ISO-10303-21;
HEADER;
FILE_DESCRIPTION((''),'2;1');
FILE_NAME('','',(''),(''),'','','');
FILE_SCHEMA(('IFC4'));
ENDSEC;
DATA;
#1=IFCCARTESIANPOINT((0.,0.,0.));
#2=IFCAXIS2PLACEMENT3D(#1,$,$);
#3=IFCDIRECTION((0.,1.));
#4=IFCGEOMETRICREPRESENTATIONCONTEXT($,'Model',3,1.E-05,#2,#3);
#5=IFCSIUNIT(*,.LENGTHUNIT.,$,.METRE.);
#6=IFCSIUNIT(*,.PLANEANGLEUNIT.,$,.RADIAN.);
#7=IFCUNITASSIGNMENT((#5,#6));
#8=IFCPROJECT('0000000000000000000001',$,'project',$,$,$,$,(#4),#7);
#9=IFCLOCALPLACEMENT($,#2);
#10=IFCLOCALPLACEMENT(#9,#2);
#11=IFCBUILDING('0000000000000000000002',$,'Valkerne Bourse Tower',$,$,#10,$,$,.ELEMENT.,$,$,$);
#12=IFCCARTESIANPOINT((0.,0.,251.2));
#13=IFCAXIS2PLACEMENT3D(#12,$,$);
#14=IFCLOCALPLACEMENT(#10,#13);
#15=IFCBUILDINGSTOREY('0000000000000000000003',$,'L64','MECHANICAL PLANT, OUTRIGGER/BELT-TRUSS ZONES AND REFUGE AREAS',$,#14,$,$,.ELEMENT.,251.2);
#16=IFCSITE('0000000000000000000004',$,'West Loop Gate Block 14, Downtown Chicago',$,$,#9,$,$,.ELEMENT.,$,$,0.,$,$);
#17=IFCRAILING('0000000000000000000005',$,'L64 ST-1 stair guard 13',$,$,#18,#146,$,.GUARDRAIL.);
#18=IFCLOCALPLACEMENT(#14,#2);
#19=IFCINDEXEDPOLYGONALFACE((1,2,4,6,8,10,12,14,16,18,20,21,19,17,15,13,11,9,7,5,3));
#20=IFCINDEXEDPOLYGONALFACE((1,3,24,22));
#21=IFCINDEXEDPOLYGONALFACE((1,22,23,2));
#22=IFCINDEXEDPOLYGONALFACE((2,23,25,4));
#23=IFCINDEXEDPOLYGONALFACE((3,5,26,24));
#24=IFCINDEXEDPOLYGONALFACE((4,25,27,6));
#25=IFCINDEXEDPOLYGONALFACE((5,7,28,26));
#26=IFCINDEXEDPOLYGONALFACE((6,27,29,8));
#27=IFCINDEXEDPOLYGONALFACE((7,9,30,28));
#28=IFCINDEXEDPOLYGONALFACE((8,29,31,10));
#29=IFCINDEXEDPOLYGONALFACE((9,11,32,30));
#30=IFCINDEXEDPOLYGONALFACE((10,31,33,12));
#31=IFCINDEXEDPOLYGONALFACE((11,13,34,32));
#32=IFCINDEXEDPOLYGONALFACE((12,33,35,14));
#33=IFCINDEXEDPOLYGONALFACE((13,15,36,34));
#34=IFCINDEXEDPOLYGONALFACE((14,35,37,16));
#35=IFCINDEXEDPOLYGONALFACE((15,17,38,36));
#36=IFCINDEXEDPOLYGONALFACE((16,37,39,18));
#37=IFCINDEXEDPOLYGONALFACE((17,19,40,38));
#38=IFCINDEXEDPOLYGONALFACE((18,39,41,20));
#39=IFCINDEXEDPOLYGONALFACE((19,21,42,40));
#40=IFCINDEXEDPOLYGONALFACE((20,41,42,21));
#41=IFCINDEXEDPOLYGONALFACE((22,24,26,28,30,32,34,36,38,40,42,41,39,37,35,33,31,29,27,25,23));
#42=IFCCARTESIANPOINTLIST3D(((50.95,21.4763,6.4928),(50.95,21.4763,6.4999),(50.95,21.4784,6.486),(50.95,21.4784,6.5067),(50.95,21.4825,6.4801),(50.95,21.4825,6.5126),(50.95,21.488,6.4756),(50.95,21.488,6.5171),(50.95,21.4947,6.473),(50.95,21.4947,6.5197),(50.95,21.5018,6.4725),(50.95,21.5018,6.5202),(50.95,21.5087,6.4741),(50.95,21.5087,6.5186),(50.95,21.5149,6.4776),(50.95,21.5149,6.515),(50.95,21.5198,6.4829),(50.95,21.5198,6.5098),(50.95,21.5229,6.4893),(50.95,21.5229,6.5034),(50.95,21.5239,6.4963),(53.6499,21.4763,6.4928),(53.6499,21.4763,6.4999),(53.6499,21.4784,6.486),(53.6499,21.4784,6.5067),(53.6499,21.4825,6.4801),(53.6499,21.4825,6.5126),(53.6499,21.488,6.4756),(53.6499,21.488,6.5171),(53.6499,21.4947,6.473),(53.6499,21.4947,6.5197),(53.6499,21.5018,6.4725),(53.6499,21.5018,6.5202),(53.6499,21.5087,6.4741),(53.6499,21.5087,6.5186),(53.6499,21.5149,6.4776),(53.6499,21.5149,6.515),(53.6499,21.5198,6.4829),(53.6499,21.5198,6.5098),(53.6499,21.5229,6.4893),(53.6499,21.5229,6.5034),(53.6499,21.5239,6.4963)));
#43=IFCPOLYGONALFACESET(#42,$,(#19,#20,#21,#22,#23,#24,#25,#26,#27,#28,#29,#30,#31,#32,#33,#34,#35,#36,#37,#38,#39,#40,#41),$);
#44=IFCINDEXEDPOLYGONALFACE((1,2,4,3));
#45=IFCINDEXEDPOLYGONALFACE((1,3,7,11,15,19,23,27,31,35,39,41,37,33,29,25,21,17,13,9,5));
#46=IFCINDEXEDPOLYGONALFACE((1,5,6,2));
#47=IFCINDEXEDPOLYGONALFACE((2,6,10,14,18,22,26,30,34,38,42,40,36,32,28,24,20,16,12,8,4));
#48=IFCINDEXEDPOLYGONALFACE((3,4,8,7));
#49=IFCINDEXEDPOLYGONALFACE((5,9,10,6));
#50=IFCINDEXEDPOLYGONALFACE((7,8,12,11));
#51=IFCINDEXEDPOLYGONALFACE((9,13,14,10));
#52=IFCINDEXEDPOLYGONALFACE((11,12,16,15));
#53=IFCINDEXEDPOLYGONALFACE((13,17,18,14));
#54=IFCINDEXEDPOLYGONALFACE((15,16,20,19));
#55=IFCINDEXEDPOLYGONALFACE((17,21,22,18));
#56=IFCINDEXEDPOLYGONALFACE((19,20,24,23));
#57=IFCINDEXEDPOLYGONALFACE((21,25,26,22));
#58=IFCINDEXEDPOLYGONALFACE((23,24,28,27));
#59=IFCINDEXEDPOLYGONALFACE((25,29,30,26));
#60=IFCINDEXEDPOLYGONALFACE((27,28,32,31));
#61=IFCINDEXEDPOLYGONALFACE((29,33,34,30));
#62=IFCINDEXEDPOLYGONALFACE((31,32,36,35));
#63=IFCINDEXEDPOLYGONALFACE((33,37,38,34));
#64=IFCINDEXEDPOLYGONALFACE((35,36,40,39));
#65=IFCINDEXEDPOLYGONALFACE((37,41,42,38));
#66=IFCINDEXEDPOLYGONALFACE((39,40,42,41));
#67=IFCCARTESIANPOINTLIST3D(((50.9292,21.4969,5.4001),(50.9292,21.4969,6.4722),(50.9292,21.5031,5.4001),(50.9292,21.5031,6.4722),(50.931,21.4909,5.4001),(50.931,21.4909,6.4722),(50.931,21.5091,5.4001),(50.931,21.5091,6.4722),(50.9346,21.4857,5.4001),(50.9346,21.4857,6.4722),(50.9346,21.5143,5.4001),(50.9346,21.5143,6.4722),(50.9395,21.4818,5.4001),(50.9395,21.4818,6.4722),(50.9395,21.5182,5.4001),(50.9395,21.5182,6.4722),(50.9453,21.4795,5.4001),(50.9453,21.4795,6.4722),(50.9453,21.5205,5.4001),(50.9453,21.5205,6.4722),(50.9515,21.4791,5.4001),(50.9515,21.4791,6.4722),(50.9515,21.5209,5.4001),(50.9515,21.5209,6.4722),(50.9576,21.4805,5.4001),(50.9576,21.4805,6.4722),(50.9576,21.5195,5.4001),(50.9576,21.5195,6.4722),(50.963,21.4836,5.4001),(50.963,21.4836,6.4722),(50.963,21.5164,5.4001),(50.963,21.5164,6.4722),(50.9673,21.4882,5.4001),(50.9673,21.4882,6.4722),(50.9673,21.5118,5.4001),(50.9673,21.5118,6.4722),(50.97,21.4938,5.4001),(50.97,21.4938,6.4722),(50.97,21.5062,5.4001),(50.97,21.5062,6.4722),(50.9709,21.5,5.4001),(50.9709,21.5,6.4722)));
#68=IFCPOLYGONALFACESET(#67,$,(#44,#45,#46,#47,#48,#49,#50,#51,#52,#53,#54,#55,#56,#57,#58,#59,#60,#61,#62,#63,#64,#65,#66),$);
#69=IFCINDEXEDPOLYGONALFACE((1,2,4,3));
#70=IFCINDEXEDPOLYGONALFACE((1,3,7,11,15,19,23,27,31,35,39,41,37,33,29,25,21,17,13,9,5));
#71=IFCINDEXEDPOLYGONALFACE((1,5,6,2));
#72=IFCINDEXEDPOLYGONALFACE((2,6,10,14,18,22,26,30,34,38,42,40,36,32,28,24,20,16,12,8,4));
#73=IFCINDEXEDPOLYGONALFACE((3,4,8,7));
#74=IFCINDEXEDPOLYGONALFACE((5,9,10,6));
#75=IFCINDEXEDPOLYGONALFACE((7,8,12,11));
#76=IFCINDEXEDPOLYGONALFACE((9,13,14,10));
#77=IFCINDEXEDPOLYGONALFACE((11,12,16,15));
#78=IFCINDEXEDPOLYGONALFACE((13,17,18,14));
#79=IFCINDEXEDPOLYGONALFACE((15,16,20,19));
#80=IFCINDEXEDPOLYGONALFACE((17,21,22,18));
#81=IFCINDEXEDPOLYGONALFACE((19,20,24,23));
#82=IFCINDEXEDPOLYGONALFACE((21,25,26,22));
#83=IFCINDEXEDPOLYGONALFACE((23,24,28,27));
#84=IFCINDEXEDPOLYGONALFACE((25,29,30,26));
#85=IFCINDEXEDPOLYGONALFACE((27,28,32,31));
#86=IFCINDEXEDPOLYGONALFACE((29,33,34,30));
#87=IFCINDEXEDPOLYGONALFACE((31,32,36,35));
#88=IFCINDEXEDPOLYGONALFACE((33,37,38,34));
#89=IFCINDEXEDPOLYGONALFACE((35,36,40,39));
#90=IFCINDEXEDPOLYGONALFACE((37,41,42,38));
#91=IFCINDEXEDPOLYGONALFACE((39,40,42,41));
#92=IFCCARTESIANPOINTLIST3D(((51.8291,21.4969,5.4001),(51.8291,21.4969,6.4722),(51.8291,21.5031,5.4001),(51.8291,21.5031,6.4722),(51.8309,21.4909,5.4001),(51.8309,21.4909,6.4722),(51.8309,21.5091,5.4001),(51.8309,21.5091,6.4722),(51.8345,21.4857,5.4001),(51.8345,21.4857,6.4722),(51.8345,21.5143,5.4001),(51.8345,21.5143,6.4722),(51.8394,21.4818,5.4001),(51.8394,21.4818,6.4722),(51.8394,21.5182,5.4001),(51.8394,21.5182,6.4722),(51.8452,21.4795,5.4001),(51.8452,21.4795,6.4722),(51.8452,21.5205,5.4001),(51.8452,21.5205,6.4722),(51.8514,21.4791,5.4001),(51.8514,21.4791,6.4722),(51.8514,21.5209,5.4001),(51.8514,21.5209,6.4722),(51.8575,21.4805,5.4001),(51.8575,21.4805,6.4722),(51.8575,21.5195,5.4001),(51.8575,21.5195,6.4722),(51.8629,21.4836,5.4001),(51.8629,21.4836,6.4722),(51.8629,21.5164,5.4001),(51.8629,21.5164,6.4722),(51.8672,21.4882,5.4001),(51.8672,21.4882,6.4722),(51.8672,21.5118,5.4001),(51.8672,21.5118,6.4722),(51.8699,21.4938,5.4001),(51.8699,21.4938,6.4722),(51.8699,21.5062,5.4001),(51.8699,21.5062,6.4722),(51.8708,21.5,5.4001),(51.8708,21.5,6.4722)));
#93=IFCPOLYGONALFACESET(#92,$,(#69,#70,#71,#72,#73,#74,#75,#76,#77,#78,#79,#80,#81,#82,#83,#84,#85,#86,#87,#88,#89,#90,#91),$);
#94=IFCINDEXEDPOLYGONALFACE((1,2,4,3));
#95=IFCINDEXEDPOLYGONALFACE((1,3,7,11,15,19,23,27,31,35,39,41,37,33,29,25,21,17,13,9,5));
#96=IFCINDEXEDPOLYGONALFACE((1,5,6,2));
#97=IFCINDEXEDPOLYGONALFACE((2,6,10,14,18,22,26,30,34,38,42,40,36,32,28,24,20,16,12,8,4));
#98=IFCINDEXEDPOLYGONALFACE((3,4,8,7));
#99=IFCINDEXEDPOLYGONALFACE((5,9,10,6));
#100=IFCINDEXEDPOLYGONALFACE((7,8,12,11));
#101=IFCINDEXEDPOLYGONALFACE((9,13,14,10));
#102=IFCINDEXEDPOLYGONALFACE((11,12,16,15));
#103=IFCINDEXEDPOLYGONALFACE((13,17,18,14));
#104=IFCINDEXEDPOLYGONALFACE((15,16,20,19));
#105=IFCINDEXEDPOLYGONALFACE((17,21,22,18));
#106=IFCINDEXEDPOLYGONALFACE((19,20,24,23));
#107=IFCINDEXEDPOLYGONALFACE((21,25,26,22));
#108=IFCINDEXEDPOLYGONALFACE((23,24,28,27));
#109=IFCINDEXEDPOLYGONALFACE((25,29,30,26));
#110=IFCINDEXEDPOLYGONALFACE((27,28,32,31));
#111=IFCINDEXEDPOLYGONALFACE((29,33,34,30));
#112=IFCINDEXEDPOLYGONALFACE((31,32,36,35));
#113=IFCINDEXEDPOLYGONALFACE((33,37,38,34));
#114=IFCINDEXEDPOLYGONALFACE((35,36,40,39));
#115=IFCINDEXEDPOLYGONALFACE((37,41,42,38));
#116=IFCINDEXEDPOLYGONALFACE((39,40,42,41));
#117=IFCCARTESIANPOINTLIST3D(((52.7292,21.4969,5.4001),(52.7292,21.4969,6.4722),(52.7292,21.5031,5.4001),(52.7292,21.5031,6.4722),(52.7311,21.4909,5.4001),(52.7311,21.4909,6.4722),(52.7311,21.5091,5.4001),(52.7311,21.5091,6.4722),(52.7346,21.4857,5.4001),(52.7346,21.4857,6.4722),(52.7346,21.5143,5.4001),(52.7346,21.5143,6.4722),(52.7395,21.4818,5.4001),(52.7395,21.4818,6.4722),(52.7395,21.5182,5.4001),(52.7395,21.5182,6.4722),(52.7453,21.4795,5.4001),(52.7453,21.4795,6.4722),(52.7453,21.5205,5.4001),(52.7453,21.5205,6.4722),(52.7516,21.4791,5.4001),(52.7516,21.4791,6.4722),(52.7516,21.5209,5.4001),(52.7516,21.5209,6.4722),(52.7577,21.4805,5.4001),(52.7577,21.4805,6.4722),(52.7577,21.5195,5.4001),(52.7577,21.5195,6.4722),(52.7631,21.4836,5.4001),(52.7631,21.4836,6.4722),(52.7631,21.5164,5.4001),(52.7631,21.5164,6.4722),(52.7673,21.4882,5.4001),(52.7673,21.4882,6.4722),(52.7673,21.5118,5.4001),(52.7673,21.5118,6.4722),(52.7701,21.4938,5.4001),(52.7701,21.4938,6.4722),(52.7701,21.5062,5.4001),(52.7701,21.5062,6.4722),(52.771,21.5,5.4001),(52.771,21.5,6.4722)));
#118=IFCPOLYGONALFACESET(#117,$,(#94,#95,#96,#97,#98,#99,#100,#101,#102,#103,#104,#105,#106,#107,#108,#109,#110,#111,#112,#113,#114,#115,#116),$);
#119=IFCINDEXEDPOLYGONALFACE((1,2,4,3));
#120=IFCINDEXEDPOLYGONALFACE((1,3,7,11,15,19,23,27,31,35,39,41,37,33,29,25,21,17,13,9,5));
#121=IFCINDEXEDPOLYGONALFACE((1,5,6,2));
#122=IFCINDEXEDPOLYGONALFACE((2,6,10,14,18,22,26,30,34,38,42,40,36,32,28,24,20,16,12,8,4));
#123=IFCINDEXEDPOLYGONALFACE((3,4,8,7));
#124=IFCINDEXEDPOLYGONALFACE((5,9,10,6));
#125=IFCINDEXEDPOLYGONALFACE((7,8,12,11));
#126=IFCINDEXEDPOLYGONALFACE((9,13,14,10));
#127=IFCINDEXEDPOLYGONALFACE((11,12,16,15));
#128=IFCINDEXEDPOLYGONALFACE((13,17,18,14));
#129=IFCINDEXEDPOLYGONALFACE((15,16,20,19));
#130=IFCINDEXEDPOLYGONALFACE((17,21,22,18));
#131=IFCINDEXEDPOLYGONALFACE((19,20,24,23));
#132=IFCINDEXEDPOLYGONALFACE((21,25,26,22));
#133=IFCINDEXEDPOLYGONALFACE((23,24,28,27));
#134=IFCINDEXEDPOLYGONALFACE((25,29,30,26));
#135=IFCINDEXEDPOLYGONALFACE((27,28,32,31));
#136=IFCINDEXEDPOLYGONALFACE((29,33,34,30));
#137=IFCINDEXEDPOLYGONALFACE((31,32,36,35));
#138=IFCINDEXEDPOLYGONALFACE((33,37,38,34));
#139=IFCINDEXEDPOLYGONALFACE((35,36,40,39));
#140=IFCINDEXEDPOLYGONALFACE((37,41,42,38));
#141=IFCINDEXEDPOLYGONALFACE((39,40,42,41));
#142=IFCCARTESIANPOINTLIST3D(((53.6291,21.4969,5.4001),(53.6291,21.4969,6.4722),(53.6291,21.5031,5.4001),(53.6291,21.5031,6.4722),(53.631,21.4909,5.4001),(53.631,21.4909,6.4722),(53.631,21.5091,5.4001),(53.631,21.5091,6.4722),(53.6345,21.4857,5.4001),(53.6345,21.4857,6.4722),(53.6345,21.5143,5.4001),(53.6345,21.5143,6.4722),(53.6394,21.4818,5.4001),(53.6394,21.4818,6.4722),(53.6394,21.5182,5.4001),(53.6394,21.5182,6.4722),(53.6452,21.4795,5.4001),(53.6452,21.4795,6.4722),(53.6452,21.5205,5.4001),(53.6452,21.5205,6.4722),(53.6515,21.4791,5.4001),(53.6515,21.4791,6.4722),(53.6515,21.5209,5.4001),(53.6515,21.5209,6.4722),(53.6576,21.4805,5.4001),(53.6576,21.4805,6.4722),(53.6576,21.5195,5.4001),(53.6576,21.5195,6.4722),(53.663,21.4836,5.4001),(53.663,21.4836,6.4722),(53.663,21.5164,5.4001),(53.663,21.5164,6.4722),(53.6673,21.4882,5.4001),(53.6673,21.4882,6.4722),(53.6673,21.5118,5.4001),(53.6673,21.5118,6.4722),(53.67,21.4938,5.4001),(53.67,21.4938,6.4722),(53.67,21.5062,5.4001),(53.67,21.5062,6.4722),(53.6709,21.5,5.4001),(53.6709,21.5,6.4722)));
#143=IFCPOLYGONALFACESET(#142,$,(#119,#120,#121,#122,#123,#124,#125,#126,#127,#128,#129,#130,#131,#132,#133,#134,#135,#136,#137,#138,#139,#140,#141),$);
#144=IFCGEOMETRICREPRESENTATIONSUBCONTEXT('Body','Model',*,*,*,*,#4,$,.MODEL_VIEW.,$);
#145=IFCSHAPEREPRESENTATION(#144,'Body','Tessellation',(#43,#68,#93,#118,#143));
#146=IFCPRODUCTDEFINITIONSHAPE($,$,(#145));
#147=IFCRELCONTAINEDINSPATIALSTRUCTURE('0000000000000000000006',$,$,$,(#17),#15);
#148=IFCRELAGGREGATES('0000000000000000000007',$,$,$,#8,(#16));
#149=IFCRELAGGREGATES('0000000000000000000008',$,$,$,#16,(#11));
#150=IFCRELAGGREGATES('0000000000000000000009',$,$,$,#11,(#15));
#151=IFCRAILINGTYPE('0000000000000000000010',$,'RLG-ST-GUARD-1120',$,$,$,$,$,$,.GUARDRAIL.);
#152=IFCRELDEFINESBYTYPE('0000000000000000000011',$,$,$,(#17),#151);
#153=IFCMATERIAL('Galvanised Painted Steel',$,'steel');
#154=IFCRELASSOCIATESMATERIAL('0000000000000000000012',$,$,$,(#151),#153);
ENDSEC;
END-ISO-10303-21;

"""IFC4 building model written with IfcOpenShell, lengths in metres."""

from ifc_helpers import new_model, si_unit, direction, frame, origin, origin_2d, place, context, subcontext, project, spatial, circle, extrude, material, type_object, element, save


model = new_model("IFC4")

# Units and contexts
model_context = context("Model", 3, precision=1e-05, world=origin(), true_north=direction((0.0, 1.0)))
body_context = subcontext(model_context, "Body", "Model", "MODEL_VIEW")
ifc_project = project(units=[si_unit("LENGTHUNIT", "METRE"), si_unit("PLANEANGLEUNIT", "RADIAN")], contexts=[model_context])

# Site, building, storey
site_placement = place(None, origin())
site = spatial("IfcSite", under=ifc_project, at=site_placement, Name="West Loop Gate Block 14, Downtown Chicago", CompositionType="ELEMENT", RefElevation=0.0)
building_placement = place(site_placement, origin())
building = spatial("IfcBuilding", under=site, at=building_placement, Name="Valkerne Bourse Tower", CompositionType="ELEMENT")
storey_placement = place(building_placement, frame((0.0, 0.0, 251.2)))
storey = spatial("IfcBuildingStorey", under=building, at=storey_placement, Name="L64", Description="MECHANICAL PLANT, OUTRIGGER/BELT-TRUSS ZONES AND REFUGE AREAS", CompositionType="ELEMENT", Elevation=251.2)

# Shared definitions
ifc_material_1 = material(Name="Galvanised Painted Steel", Category="steel")

# Railing
railing_type_1 = type_object("IfcRailingType", Name="RLG-ST-GUARD-1120", PredefinedType="GUARDRAIL", material=ifc_material_1)
railing_1_placement = place(storey_placement, frame((50.95, 21.5, 5.4001)))
element("IfcRailing", 1, at=railing_1_placement, inside=storey, type_object=railing_type_1, Name="L64 ST-1 stair guard 13", PredefinedType="GUARDRAIL", context=body_context, shape_type="SweptSolid", body=[
    extrude(circle(Radius=0.0239, at=origin_2d()), frame((0.0, 0.0, 1.0962), z_axis=(1.0, 0.0, 0.0), x_axis=(0.0, 1.0, 0.0)), (0.0, 0.0, 1.0), 2.7),
    extrude(circle(Radius=0.021, at=origin_2d()), origin(), (0.0, 0.0, 1.0), 1.072),
    extrude(circle(Radius=0.021, at=origin_2d()), frame((0.8999, 0.0, 0.0)), (0.0, 0.0, 1.0), 1.072),
    extrude(circle(Radius=0.021, at=origin_2d()), frame((1.8, 0.0, 0.0)), (0.0, 0.0, 1.0), 1.072),
    extrude(circle(Radius=0.021, at=origin_2d()), frame((2.7, 0.0, 0.0)), (0.0, 0.0, 1.0), 1.072),
])

save(model, "model.ifc")
